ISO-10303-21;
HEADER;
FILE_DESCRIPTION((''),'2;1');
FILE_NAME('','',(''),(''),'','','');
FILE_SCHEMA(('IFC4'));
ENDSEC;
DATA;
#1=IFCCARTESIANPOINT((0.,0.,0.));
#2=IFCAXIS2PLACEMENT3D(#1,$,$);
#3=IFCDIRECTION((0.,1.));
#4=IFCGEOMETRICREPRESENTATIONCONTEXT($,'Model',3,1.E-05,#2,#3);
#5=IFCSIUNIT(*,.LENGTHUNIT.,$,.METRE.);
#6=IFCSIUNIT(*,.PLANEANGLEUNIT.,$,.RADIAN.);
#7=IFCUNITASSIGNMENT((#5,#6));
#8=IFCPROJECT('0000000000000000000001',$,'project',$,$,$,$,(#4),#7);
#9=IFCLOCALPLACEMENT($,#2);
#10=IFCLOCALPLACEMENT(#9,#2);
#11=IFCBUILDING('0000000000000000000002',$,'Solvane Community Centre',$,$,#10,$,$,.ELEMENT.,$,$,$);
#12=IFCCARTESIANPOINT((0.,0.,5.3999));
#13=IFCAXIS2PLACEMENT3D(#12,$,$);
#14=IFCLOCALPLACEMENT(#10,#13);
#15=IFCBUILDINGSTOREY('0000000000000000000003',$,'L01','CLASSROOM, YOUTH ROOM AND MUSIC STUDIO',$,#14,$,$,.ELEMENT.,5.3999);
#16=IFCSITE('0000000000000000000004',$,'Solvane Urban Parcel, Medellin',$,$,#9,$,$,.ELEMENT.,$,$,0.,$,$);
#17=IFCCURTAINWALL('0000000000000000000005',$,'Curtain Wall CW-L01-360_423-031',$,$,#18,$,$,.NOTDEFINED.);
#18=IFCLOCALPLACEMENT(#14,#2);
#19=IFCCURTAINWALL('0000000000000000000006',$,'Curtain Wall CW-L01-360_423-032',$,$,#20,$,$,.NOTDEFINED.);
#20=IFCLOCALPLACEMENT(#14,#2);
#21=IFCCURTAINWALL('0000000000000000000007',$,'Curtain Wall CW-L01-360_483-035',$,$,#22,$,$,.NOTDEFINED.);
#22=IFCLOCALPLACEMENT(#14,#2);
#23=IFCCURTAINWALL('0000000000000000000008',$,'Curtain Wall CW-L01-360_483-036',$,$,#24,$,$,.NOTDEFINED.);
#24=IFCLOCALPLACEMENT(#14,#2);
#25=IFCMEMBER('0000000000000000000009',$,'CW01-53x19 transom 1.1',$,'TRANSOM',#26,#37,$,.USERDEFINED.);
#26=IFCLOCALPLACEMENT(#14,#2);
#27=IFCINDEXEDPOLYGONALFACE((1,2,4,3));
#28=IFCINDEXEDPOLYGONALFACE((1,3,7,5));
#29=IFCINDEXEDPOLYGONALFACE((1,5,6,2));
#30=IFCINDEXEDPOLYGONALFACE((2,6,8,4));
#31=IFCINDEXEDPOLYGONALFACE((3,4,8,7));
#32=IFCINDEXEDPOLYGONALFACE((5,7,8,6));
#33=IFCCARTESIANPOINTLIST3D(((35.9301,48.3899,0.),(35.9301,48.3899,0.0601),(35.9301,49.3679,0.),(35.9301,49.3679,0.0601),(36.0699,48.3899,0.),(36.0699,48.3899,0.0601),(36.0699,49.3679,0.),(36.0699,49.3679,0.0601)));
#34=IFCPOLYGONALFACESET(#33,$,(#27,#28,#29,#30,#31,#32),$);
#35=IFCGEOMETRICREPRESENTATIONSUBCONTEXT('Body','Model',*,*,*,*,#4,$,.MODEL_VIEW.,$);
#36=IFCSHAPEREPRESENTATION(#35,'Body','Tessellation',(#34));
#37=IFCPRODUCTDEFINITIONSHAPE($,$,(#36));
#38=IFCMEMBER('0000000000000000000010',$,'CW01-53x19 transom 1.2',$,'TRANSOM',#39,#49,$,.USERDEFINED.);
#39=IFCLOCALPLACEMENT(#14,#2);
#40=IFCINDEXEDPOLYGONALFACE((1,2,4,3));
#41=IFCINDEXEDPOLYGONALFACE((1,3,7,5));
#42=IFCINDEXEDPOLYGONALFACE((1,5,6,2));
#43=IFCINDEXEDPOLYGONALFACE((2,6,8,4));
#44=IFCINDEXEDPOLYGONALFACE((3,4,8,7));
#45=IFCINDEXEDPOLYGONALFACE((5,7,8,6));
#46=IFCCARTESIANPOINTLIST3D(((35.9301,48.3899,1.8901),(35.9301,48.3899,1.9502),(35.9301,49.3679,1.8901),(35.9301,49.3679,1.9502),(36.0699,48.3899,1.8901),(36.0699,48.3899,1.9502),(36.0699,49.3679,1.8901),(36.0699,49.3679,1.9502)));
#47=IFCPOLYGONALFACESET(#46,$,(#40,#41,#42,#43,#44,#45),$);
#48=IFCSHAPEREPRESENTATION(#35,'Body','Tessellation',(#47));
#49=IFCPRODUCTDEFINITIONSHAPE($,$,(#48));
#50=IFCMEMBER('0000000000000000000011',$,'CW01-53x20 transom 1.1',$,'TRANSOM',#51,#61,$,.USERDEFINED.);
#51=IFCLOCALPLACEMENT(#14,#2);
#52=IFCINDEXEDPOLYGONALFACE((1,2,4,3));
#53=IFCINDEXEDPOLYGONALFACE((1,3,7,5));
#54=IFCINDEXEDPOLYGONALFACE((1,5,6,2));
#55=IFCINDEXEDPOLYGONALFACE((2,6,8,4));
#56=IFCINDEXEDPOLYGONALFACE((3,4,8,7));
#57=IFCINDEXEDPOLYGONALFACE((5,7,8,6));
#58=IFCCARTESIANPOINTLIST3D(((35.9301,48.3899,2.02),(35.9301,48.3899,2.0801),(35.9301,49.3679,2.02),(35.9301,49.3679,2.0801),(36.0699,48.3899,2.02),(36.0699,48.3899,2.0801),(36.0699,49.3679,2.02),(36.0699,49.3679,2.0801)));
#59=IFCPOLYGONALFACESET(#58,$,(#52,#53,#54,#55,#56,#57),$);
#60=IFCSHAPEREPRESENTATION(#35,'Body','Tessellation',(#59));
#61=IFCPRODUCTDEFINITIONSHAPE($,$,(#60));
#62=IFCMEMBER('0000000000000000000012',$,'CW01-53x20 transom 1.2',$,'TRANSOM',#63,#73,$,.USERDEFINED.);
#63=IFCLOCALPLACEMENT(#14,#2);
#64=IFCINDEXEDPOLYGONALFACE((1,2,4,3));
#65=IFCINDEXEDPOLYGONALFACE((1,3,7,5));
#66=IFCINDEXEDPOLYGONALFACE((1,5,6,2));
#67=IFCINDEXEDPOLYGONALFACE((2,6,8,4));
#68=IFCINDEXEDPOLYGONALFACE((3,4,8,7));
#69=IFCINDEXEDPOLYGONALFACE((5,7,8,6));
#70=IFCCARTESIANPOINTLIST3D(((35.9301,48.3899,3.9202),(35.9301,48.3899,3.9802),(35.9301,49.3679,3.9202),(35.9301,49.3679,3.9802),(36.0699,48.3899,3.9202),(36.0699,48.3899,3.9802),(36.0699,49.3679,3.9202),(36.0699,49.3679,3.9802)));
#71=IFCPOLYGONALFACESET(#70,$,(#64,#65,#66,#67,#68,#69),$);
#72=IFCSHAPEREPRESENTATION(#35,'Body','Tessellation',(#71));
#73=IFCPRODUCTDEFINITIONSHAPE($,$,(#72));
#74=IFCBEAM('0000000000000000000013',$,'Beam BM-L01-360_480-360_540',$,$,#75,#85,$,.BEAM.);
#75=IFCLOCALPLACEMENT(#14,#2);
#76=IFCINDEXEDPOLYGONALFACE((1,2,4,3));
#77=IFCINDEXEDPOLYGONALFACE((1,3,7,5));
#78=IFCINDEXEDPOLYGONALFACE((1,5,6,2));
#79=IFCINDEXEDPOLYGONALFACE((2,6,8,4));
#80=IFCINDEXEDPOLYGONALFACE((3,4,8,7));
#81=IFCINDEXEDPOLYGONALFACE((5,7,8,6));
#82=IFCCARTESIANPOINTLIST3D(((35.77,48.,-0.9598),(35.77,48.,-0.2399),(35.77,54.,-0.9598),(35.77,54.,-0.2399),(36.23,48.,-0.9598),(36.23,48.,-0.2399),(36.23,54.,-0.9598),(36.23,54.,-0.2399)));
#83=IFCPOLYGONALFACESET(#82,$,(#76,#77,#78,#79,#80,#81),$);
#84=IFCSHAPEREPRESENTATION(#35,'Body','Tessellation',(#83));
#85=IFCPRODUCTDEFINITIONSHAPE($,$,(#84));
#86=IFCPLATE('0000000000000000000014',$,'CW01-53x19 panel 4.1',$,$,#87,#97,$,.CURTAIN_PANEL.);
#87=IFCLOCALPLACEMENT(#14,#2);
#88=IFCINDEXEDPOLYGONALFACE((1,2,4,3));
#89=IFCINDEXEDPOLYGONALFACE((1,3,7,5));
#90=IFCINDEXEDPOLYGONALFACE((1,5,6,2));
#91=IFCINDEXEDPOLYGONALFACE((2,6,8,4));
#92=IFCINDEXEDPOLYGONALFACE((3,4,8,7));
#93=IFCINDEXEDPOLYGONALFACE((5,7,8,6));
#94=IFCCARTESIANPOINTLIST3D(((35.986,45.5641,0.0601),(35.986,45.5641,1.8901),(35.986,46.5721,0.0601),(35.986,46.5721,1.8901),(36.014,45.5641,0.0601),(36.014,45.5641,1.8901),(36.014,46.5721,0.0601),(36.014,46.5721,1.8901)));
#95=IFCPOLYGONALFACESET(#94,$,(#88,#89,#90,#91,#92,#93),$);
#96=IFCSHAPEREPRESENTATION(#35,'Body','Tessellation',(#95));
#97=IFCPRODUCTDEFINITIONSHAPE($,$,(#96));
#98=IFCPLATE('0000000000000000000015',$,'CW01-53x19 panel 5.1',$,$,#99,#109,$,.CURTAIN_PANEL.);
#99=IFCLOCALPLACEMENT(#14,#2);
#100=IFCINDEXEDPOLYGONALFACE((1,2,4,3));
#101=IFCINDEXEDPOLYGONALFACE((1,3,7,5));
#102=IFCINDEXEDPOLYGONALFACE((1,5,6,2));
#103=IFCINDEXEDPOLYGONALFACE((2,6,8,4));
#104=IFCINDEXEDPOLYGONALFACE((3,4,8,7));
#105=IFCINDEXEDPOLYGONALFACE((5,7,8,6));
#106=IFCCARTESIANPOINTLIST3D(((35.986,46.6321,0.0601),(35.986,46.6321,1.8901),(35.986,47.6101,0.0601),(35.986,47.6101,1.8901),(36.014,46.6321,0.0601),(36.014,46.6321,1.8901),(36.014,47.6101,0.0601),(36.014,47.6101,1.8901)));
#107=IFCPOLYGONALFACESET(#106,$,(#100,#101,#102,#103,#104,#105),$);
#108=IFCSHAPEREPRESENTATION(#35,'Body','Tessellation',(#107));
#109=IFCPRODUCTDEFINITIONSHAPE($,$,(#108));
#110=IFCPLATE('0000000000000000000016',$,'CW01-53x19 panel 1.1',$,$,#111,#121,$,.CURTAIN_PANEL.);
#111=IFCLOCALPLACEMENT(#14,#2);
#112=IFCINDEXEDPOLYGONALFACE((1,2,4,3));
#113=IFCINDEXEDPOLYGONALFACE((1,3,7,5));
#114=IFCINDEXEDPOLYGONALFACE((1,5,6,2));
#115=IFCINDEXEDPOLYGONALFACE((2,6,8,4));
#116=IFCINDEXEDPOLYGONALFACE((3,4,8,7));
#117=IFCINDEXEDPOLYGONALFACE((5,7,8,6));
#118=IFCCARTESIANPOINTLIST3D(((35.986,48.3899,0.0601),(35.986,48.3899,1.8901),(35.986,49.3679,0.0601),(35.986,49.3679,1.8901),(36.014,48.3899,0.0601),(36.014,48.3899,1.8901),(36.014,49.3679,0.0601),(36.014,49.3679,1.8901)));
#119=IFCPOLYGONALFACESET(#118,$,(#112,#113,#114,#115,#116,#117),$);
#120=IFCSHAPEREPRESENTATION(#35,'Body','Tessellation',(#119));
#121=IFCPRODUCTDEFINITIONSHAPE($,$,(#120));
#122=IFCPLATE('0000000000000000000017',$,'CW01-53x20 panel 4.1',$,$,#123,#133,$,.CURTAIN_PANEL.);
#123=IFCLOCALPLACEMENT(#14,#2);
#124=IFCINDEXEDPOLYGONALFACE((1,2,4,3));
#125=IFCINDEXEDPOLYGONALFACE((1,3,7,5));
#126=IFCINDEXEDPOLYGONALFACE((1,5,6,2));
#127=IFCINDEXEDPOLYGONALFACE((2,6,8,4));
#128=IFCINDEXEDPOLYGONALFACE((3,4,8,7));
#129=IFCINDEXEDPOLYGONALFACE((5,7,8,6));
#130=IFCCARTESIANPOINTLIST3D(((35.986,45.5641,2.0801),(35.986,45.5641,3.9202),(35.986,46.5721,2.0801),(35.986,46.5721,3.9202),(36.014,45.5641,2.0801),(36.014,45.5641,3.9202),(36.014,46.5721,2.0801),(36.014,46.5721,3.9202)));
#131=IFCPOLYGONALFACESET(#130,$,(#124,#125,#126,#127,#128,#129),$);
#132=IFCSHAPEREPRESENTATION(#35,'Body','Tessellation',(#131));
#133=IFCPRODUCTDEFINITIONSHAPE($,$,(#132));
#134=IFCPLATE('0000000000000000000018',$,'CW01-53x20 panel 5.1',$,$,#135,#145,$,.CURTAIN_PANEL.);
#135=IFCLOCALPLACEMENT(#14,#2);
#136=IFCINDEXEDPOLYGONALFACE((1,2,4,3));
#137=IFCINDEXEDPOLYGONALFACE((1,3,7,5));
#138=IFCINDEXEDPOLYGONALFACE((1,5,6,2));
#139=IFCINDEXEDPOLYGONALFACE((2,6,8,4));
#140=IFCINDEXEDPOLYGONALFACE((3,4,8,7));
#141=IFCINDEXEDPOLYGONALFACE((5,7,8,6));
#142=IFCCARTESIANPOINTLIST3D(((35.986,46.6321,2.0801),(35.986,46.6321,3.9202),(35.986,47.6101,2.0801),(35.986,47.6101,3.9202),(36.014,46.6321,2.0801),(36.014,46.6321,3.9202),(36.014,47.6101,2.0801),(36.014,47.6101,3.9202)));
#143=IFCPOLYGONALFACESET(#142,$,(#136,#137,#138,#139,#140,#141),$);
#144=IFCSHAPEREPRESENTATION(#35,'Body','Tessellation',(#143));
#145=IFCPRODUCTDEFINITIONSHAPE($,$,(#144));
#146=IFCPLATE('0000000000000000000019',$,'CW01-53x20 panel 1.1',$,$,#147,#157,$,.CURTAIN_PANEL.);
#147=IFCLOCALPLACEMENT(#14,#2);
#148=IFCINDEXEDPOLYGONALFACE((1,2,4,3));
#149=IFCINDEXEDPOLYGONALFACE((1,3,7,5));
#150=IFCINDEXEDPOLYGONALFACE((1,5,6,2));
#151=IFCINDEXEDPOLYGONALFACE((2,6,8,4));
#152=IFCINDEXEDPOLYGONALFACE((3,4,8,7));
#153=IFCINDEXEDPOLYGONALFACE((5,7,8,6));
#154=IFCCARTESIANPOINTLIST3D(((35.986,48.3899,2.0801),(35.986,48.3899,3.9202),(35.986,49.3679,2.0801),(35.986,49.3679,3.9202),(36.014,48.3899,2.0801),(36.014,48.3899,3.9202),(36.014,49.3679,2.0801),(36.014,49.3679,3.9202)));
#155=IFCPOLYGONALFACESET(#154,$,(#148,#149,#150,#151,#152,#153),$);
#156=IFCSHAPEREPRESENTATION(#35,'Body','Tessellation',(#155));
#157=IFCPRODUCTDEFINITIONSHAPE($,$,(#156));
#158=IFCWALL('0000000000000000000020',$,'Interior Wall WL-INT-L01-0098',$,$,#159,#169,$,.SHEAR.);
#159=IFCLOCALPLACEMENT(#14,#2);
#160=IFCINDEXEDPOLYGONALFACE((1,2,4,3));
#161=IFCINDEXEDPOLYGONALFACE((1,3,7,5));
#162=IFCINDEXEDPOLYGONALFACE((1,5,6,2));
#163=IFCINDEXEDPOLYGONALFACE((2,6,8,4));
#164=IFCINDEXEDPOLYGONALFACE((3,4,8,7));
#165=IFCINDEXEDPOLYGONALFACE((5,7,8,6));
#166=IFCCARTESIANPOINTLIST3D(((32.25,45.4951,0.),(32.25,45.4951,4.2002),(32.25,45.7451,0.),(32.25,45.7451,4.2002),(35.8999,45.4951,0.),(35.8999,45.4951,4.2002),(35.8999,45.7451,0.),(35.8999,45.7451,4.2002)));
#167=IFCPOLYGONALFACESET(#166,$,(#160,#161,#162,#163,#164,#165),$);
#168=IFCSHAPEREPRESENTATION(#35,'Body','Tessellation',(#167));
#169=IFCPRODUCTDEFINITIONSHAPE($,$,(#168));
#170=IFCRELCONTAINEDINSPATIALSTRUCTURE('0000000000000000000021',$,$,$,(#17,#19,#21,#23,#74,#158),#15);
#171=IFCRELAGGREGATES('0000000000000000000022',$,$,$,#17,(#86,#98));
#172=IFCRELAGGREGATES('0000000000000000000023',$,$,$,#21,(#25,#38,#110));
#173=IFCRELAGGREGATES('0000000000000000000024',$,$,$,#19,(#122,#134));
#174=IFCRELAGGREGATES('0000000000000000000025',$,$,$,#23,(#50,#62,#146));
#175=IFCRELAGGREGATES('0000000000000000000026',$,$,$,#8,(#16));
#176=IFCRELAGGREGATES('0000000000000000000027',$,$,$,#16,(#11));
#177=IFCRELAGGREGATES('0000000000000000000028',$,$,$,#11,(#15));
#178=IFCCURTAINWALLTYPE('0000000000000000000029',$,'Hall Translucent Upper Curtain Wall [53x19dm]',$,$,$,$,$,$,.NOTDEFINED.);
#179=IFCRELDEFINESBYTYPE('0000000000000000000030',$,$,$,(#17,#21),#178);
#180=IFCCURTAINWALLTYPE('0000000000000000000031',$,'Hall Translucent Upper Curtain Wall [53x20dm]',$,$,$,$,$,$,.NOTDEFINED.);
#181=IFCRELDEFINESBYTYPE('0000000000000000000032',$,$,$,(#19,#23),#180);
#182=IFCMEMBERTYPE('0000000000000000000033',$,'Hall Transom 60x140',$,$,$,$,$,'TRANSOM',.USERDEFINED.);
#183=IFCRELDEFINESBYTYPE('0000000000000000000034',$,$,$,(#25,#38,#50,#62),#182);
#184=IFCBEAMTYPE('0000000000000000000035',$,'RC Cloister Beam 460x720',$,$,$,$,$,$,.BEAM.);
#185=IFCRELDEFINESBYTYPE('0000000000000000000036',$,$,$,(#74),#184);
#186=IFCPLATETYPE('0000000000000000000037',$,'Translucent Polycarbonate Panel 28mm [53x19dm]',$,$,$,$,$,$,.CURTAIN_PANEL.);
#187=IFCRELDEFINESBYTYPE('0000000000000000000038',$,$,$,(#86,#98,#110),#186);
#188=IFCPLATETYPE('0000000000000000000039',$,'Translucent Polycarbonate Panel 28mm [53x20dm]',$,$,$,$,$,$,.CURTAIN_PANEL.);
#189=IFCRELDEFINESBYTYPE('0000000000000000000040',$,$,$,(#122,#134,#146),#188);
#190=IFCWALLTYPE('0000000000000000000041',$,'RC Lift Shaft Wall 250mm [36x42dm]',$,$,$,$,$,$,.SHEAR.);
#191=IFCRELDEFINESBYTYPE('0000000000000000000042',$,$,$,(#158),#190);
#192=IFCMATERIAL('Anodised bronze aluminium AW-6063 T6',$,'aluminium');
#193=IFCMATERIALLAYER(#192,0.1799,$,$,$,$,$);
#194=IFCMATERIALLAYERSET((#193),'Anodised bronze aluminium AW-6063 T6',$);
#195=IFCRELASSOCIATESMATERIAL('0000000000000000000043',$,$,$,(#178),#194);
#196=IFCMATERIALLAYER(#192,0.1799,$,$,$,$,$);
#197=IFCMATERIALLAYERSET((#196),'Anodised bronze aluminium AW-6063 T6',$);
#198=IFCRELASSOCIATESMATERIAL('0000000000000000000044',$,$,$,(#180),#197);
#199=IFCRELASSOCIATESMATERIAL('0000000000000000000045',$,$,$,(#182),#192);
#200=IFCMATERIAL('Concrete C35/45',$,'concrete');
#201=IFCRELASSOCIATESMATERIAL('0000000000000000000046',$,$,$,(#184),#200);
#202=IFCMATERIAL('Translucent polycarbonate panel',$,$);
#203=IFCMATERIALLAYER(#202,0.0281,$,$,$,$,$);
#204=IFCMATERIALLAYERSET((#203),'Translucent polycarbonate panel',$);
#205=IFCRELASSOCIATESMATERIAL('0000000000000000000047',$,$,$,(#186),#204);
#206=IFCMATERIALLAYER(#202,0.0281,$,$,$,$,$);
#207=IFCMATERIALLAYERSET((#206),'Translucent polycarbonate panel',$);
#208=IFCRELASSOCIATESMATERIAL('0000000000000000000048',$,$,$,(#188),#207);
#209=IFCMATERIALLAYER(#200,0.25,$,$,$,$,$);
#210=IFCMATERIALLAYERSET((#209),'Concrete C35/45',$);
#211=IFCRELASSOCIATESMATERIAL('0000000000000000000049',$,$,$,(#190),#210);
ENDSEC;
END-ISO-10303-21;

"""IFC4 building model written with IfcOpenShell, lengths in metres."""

from ifc_helpers import new_model, si_unit, direction, frame, frame_2d, origin, origin_2d, place, context, subcontext, project, spatial, rectangle, extrude, material, layer, layer_set, material_profile, profile_set, type_object, element, aggregate, save


model = new_model("IFC4")

# Units and contexts
model_context = context("Model", 3, precision=1e-05, world=origin(), true_north=direction((0.0, 1.0)))
body_context = subcontext(model_context, "Body", "Model", "MODEL_VIEW")
ifc_project = project(units=[si_unit("LENGTHUNIT", "METRE"), si_unit("PLANEANGLEUNIT", "RADIAN")], contexts=[model_context])

# Site, building, storey
site_placement = place(None, origin())
site = spatial("IfcSite", under=ifc_project, at=site_placement, Name="Solvane Urban Parcel, Medellin", CompositionType="ELEMENT", RefElevation=0.0)
building_placement = place(site_placement, origin())
building = spatial("IfcBuilding", under=site, at=building_placement, Name="Solvane Community Centre", CompositionType="ELEMENT")
storey_placement = place(building_placement, frame((0.0, 0.0, 5.3999)))
storey = spatial("IfcBuildingStorey", under=building, at=storey_placement, Name="L01", Description="CLASSROOM, YOUTH ROOM AND MUSIC STUDIO", CompositionType="ELEMENT", Elevation=5.3999)

# Shared definitions
ifc_material_1 = material(Name="Concrete C35/45", Category="concrete")

# Curtain walls
ifc_material_2 = material(Name="Anodised bronze aluminium AW-6063 T6", Category="aluminium")
ifc_layer_1 = layer(ifc_material_2, 0.1799)
ifc_layer_set_1 = layer_set([ifc_layer_1], Name="Anodised bronze aluminium AW-6063 T6")
curtain_wall_type_1 = type_object("IfcCurtainWallType", Name="Hall Translucent Upper Curtain Wall [53x19dm]", PredefinedType="NOTDEFINED", material=ifc_layer_set_1)
curtain_wall_1_placement = place(storey_placement, origin())
curtain_wall_1 = element("IfcCurtainWall", 1, at=curtain_wall_1_placement, inside=storey, type_object=curtain_wall_type_1, Name="Curtain Wall CW-L01-360_423-031", PredefinedType="NOTDEFINED")
ifc_layer_2 = layer(ifc_material_2, 0.1799)
ifc_layer_set_2 = layer_set([ifc_layer_2], Name="Anodised bronze aluminium AW-6063 T6")
curtain_wall_type_2 = type_object("IfcCurtainWallType", Name="Hall Translucent Upper Curtain Wall [53x20dm]", PredefinedType="NOTDEFINED", material=ifc_layer_set_2)
curtain_wall_2_placement = place(storey_placement, origin())
curtain_wall_2 = element("IfcCurtainWall", 2, at=curtain_wall_2_placement, inside=storey, type_object=curtain_wall_type_2, Name="Curtain Wall CW-L01-360_423-032", PredefinedType="NOTDEFINED")
curtain_wall_3_placement = place(storey_placement, origin())
curtain_wall_3 = element("IfcCurtainWall", 3, at=curtain_wall_3_placement, inside=storey, type_object=curtain_wall_type_1, Name="Curtain Wall CW-L01-360_483-035", PredefinedType="NOTDEFINED")
curtain_wall_4_placement = place(storey_placement, origin())
curtain_wall_4 = element("IfcCurtainWall", 4, at=curtain_wall_4_placement, inside=storey, type_object=curtain_wall_type_2, Name="Curtain Wall CW-L01-360_483-036", PredefinedType="NOTDEFINED")

# Members
ifc_material_profile_1 = material_profile(ifc_material_2, rectangle(XDim=0.1399, YDim=0.0601, at=origin_2d()), Name="CW-T 60x140")
ifc_profile_set_1 = profile_set([ifc_material_profile_1], Name="Anodised bronze aluminium AW-6063 T6")
member_type_1 = type_object("IfcMemberType", Name="Hall Transom 60x140", ElementType="TRANSOM", PredefinedType="USERDEFINED", material=ifc_profile_set_1)
member_1_placement = place(storey_placement, frame((36.0, 48.3899, 0.03), z_axis=(0.0, 1.0, 0.0), x_axis=(-1.0, 0.0, 0.0)))
member_1 = element("IfcMember", 5, at=member_1_placement, type_object=member_type_1, Name="CW01-53x19 transom 1.1", ObjectType="TRANSOM", PredefinedType="USERDEFINED", context=body_context, shape_type="SweptSolid", body=[
    extrude(rectangle(XDim=0.1399, YDim=0.0601, at=origin_2d()), origin(), (0.0, 0.0, 1.0), 0.978),
])
member_2_placement = place(storey_placement, frame((36.0, 48.3899, 1.9202), z_axis=(0.0, 1.0, 0.0), x_axis=(-1.0, 0.0, 0.0)))
member_2 = element("IfcMember", 6, at=member_2_placement, type_object=member_type_1, Name="CW01-53x19 transom 1.2", ObjectType="TRANSOM", PredefinedType="USERDEFINED", context=body_context, shape_type="SweptSolid", body=[
    extrude(rectangle(XDim=0.1399, YDim=0.0601, at=origin_2d()), origin(), (0.0, 0.0, 1.0), 0.978),
])
member_3_placement = place(storey_placement, frame((36.0, 48.3899, 2.05), z_axis=(0.0, 1.0, 0.0), x_axis=(-1.0, 0.0, 0.0)))
member_3 = element("IfcMember", 7, at=member_3_placement, type_object=member_type_1, Name="CW01-53x20 transom 1.1", ObjectType="TRANSOM", PredefinedType="USERDEFINED", context=body_context, shape_type="SweptSolid", body=[
    extrude(rectangle(XDim=0.1399, YDim=0.0601, at=origin_2d()), origin(), (0.0, 0.0, 1.0), 0.978),
])
member_4_placement = place(storey_placement, frame((36.0, 48.3899, 3.9502), z_axis=(0.0, 1.0, 0.0), x_axis=(-1.0, 0.0, 0.0)))
member_4 = element("IfcMember", 8, at=member_4_placement, type_object=member_type_1, Name="CW01-53x20 transom 1.2", ObjectType="TRANSOM", PredefinedType="USERDEFINED", context=body_context, shape_type="SweptSolid", body=[
    extrude(rectangle(XDim=0.1399, YDim=0.0601, at=origin_2d()), origin(), (0.0, 0.0, 1.0), 0.978),
])

# Beam
ifc_material_profile_2 = material_profile(ifc_material_1, rectangle(XDim=0.46, YDim=0.72, at=origin_2d()), Name="RC 460x720")
ifc_profile_set_2 = profile_set([ifc_material_profile_2], Name="Concrete C35/45")
beam_type = type_object("IfcBeamType", Name="RC Cloister Beam 460x720", PredefinedType="BEAM", material=ifc_profile_set_2)
beam_placement = place(storey_placement, frame((36.0, 48.0, -0.5999), z_axis=(0.0, 1.0, 0.0), x_axis=(-1.0, 0.0, 0.0)))
element("IfcBeam", 9, at=beam_placement, inside=storey, type_object=beam_type, Name="Beam BM-L01-360_480-360_540", PredefinedType="BEAM", context=body_context, shape_type="SweptSolid", body=[
    extrude(rectangle(XDim=0.46, YDim=0.72, at=origin_2d()), origin(), (0.0, 0.0, 1.0), 6.0),
])

# Plates
ifc_material_3 = material(Name="Translucent polycarbonate panel")
ifc_layer_3 = layer(ifc_material_3, 0.0281)
ifc_layer_set_3 = layer_set([ifc_layer_3], Name="Translucent polycarbonate panel")
plate_type_1 = type_object("IfcPlateType", Name="Translucent Polycarbonate Panel 28mm [53x19dm]", PredefinedType="CURTAIN_PANEL", material=ifc_layer_set_3)
plate_1_placement = place(storey_placement, frame((36.0, 46.0681, 0.0601), z_axis=(0.0, 0.0, 1.0), x_axis=(0.0, 1.0, 0.0)))
plate_1 = element("IfcPlate", 10, at=plate_1_placement, type_object=plate_type_1, Name="CW01-53x19 panel 4.1", PredefinedType="CURTAIN_PANEL", context=body_context, shape_type="SweptSolid", body=[
    extrude(rectangle(XDim=1.0081, YDim=0.0281, at=origin_2d()), origin(), (0.0, 0.0, 1.0), 1.8301),
])
plate_2_placement = place(storey_placement, frame((36.0, 47.1211, 0.0601), z_axis=(0.0, 0.0, 1.0), x_axis=(0.0, 1.0, 0.0)))
plate_2 = element("IfcPlate", 11, at=plate_2_placement, type_object=plate_type_1, Name="CW01-53x19 panel 5.1", PredefinedType="CURTAIN_PANEL", context=body_context, shape_type="SweptSolid", body=[
    extrude(rectangle(XDim=0.978, YDim=0.0281, at=origin_2d()), origin(), (0.0, 0.0, 1.0), 1.8301),
])
aggregate(curtain_wall_1, [plate_1, plate_2])
plate_3_placement = place(storey_placement, frame((36.0, 48.8789, 0.0601), z_axis=(0.0, 0.0, 1.0), x_axis=(0.0, 1.0, 0.0)))
plate_3 = element("IfcPlate", 12, at=plate_3_placement, type_object=plate_type_1, Name="CW01-53x19 panel 1.1", PredefinedType="CURTAIN_PANEL", context=body_context, shape_type="SweptSolid", body=[
    extrude(rectangle(XDim=0.978, YDim=0.0281, at=origin_2d()), origin(), (0.0, 0.0, 1.0), 1.8301),
])
aggregate(curtain_wall_3, [member_1, member_2, plate_3])
ifc_layer_4 = layer(ifc_material_3, 0.0281)
ifc_layer_set_4 = layer_set([ifc_layer_4], Name="Translucent polycarbonate panel")
plate_type_2 = type_object("IfcPlateType", Name="Translucent Polycarbonate Panel 28mm [53x20dm]", PredefinedType="CURTAIN_PANEL", material=ifc_layer_set_4)
plate_4_placement = place(storey_placement, frame((36.0, 46.0681, 2.0801), z_axis=(0.0, 0.0, 1.0), x_axis=(0.0, 1.0, 0.0)))
plate_4 = element("IfcPlate", 13, at=plate_4_placement, type_object=plate_type_2, Name="CW01-53x20 panel 4.1", PredefinedType="CURTAIN_PANEL", context=body_context, shape_type="SweptSolid", body=[
    extrude(rectangle(XDim=1.0081, YDim=0.0281, at=origin_2d()), origin(), (0.0, 0.0, 1.0), 1.8401),
])
plate_5_placement = place(storey_placement, frame((36.0, 47.1211, 2.0801), z_axis=(0.0, 0.0, 1.0), x_axis=(0.0, 1.0, 0.0)))
plate_5 = element("IfcPlate", 14, at=plate_5_placement, type_object=plate_type_2, Name="CW01-53x20 panel 5.1", PredefinedType="CURTAIN_PANEL", context=body_context, shape_type="SweptSolid", body=[
    extrude(rectangle(XDim=0.978, YDim=0.0281, at=origin_2d()), origin(), (0.0, 0.0, 1.0), 1.8401),
])
aggregate(curtain_wall_2, [plate_4, plate_5])
plate_6_placement = place(storey_placement, frame((36.0, 48.8789, 2.0801), z_axis=(0.0, 0.0, 1.0), x_axis=(0.0, 1.0, 0.0)))
plate_6 = element("IfcPlate", 15, at=plate_6_placement, type_object=plate_type_2, Name="CW01-53x20 panel 1.1", PredefinedType="CURTAIN_PANEL", context=body_context, shape_type="SweptSolid", body=[
    extrude(rectangle(XDim=0.978, YDim=0.0281, at=origin_2d()), origin(), (0.0, 0.0, 1.0), 1.8401),
])
aggregate(curtain_wall_4, [member_3, member_4, plate_6])

# Wall
ifc_layer_5 = layer(ifc_material_1, 0.25)
ifc_layer_set_5 = layer_set([ifc_layer_5], Name="Concrete C35/45")
wall_type = type_object("IfcWallType", Name="RC Lift Shaft Wall 250mm [36x42dm]", PredefinedType="SHEAR", material=ifc_layer_set_5)
wall_placement = place(storey_placement, frame((32.25, 45.6201, 0.0), z_axis=(0.0, 0.0, 1.0), x_axis=(1.0, 0.0, 0.0)))
element("IfcWall", 16, at=wall_placement, inside=storey, type_object=wall_type, Name="Interior Wall WL-INT-L01-0098", PredefinedType="SHEAR", context=body_context, shape_type="SweptSolid", body=[
    extrude(rectangle(XDim=3.6499, YDim=0.25, at=frame_2d((1.825, 0.0))), origin(), (0.0, 0.0, 1.0), 4.2002),
])

save(model, "model.ifc")
